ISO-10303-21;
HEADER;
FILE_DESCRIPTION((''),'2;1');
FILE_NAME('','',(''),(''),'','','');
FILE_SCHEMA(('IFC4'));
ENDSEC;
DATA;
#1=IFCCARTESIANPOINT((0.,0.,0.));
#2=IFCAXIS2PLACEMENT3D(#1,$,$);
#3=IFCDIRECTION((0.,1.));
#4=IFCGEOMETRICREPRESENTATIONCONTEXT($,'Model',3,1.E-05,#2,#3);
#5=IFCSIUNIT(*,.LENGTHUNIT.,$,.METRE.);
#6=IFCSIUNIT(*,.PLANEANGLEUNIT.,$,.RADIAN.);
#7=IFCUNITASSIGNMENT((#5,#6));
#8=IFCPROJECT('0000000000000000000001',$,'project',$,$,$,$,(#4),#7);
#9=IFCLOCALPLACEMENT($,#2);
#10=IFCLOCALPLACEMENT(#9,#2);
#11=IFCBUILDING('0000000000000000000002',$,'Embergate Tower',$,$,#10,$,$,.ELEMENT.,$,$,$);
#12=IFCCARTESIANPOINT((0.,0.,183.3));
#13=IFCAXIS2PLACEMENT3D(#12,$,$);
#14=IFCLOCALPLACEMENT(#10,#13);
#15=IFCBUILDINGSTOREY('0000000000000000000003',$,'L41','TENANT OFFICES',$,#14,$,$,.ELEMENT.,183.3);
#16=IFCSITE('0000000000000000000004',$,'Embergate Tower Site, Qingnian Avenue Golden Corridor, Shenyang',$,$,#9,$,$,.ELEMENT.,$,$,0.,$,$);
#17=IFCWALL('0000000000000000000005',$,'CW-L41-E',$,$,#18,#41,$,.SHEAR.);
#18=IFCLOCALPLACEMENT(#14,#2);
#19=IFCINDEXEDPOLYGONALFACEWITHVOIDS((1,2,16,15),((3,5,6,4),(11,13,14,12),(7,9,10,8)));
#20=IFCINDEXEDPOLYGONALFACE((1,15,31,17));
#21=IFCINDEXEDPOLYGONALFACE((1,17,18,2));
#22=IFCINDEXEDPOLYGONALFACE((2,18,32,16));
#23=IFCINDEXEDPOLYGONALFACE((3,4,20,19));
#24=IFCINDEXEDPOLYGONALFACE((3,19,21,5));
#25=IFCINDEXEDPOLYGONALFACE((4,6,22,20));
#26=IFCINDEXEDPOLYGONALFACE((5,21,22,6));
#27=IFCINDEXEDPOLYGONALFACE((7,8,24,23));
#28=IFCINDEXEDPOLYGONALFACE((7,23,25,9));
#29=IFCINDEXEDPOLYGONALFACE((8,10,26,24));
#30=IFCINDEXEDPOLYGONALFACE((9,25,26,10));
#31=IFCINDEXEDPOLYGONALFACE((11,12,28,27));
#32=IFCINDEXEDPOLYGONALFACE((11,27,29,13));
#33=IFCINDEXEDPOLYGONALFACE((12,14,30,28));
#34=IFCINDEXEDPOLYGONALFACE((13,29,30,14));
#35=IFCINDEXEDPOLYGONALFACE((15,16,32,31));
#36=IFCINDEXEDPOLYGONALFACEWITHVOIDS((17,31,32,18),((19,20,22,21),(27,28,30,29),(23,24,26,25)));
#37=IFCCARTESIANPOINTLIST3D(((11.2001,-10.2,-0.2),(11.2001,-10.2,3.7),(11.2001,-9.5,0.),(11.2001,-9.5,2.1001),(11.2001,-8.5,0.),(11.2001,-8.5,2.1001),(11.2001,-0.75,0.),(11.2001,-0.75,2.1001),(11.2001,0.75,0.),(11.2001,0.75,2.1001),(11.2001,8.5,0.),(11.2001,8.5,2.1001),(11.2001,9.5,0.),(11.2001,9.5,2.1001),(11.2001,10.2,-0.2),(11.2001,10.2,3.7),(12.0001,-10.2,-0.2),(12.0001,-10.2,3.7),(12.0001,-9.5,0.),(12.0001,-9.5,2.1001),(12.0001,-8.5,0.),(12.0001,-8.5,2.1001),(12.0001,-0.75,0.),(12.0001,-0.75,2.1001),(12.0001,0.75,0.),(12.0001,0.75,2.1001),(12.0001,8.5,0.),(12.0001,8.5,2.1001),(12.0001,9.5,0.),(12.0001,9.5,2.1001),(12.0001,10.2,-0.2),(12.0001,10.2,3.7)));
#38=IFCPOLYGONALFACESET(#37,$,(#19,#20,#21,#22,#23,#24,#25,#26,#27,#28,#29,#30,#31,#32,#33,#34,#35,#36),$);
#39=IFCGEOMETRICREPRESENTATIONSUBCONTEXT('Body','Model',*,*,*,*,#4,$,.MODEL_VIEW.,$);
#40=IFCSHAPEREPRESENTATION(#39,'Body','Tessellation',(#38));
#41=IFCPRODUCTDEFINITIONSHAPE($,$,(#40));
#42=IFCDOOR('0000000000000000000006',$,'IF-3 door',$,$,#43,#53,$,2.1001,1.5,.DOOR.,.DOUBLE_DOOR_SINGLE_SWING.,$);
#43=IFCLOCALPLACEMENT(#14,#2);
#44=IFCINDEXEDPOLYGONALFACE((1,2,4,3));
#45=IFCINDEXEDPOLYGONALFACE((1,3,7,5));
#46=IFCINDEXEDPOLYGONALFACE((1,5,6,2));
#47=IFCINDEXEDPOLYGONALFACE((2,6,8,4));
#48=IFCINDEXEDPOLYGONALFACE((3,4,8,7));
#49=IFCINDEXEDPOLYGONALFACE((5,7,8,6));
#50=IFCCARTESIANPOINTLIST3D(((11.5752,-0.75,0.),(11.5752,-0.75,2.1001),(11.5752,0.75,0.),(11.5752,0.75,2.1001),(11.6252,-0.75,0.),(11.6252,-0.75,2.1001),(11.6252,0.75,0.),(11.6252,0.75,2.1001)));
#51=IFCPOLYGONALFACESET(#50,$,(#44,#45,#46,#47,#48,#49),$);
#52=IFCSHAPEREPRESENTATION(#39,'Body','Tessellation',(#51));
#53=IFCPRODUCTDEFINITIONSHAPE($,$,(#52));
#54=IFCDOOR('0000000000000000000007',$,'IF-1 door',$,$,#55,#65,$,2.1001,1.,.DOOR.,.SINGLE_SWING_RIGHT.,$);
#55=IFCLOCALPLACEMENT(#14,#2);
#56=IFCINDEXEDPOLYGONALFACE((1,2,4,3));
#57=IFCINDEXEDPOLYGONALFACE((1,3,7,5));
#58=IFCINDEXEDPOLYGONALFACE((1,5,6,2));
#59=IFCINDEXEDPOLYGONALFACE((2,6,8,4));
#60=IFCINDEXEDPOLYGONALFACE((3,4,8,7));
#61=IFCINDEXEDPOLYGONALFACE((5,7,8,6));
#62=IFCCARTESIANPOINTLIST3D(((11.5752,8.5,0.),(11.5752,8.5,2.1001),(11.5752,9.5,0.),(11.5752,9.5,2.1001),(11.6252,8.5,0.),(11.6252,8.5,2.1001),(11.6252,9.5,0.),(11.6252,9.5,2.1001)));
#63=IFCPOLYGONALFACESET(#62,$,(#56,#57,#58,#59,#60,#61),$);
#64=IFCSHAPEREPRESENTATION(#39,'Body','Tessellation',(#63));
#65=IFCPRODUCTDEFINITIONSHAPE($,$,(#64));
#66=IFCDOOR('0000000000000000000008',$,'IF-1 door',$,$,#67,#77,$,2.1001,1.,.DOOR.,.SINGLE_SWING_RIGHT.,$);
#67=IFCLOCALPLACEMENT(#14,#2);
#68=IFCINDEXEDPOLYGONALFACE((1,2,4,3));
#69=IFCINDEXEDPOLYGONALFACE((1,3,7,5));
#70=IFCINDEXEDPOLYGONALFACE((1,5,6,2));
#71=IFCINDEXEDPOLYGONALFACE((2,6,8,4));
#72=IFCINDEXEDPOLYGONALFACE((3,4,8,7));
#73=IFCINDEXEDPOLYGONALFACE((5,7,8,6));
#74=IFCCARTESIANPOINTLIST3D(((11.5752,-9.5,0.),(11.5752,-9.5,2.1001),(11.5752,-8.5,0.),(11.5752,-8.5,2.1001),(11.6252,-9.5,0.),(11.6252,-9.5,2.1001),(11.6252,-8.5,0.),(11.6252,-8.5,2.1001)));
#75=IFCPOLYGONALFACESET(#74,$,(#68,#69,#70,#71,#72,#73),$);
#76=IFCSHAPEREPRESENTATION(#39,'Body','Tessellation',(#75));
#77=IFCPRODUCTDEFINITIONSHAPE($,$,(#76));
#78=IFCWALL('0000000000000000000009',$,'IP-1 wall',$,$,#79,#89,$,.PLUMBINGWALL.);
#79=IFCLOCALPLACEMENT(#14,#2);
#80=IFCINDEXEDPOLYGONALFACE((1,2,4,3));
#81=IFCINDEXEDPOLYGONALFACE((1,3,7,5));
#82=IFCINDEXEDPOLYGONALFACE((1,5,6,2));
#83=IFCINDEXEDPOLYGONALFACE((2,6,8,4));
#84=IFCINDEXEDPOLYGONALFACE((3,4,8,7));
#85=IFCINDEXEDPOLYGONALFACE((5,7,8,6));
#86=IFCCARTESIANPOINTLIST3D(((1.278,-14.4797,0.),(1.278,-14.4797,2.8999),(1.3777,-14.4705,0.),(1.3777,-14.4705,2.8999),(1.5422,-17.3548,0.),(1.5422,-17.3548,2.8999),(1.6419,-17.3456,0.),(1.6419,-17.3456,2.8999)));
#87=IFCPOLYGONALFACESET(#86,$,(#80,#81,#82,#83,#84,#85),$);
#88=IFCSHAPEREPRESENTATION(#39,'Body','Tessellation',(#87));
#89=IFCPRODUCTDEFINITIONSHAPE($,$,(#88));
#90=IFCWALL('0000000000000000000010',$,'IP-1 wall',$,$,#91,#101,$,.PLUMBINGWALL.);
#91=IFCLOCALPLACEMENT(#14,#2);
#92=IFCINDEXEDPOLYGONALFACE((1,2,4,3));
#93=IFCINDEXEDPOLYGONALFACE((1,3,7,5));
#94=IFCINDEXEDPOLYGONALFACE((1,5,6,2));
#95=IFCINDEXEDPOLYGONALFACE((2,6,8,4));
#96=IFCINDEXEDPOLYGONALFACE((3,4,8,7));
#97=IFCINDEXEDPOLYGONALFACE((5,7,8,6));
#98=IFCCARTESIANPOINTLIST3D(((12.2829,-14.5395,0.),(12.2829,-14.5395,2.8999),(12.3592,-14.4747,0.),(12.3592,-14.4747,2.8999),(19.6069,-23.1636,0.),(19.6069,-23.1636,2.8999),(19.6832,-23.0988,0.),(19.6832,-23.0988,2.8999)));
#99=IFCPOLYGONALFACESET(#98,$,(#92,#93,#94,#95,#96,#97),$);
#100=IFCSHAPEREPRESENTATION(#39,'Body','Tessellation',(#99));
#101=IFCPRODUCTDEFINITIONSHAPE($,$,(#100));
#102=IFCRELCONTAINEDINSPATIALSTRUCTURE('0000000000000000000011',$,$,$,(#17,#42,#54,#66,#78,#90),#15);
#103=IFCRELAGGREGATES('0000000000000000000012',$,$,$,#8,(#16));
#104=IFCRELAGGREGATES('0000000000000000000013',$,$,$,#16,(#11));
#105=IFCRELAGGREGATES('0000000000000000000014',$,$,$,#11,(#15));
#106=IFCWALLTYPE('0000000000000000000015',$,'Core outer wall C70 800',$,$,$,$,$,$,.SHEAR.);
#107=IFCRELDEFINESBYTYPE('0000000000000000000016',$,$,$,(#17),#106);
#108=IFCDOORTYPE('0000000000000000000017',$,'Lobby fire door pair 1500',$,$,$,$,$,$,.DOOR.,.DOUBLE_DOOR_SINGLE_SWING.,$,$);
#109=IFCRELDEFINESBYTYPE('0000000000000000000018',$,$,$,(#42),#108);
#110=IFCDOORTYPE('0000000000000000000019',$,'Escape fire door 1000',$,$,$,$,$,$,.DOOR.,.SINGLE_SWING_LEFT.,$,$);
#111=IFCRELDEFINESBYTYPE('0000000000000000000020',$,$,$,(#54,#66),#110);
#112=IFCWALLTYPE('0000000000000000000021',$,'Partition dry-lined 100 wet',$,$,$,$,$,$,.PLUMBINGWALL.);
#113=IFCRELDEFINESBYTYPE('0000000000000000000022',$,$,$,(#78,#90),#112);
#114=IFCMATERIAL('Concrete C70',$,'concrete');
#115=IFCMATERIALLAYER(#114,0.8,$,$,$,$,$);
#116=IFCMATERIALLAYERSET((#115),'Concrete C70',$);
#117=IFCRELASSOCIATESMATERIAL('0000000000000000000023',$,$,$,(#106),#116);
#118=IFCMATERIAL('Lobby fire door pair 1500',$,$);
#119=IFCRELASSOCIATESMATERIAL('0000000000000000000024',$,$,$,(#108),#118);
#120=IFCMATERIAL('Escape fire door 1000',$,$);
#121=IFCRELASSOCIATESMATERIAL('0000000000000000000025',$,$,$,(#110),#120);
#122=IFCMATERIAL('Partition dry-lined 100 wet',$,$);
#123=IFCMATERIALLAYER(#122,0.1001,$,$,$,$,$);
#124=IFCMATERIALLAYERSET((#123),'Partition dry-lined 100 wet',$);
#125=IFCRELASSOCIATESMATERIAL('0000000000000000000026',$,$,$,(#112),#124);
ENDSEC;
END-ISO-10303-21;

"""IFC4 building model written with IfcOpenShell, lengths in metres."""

from ifc_helpers import new_model, si_unit, direction, frame, frame_2d, origin, place, context, subcontext, project, spatial, rectangle, extrude, source, transform, mapped, material, layer, layer_set, type_object, element, fill, save


model = new_model("IFC4")

# Units and contexts
model_context = context("Model", 3, precision=1e-05, world=origin(), true_north=direction((0.0, 1.0)))
body_context = subcontext(model_context, "Body", "Model", "MODEL_VIEW")
ifc_project = project(units=[si_unit("LENGTHUNIT", "METRE"), si_unit("PLANEANGLEUNIT", "RADIAN")], contexts=[model_context])

# Site, building, storey
site_placement = place(None, origin())
site = spatial("IfcSite", under=ifc_project, at=site_placement, Name="Embergate Tower Site, Qingnian Avenue Golden Corridor, Shenyang", CompositionType="ELEMENT", RefElevation=0.0)
building_placement = place(site_placement, origin())
building = spatial("IfcBuilding", under=site, at=building_placement, Name="Embergate Tower", CompositionType="ELEMENT")
storey_placement = place(building_placement, frame((0.0, 0.0, 183.3)))
storey = spatial("IfcBuildingStorey", under=building, at=storey_placement, Name="L41", Description="TENANT OFFICES", CompositionType="ELEMENT", Elevation=183.3)

# Shared definitions
ifc_material_1 = material(Name="Concrete C70", Category="concrete")

# Wall, openings, doors
ifc_layer_1 = layer(ifc_material_1, 0.8)
ifc_layer_set_1 = layer_set([ifc_layer_1], Name="Concrete C70")
wall_type_1 = type_object("IfcWallType", Name="Core outer wall C70 800", PredefinedType="SHEAR", material=ifc_layer_set_1)
shared_shape_1 = source(origin(), body_context, "Body", "SweptSolid", [
    extrude(rectangle(XDim=20.3999, YDim=0.8, at=frame_2d((10.2, 0.0))), origin(), (0.0, 0.0, 1.0), 3.8999),
])
wall_1_placement = place(storey_placement, frame((11.6001, -10.2, -0.2), z_axis=(0.0, 0.0, 1.0), x_axis=(0.0, 1.0, 0.0)))
wall_1 = element("IfcWall", 1, at=wall_1_placement, inside=storey, type_object=wall_type_1, Name="CW-L41-E", PredefinedType="SHEAR", context=body_context, shape_type="MappedRepresentation", body=[
    mapped(shared_shape_1, transform((0.0, 0.0, 0.0))),
])
shared_shape_2 = source(origin(), body_context, "Body", "SweptSolid", [
    extrude(rectangle(XDim=1.0, YDim=2.1001, at=frame_2d((0.5, 1.05))), frame((0.0, 0.4099, 0.0), z_axis=(0.0, -1.0, 0.0), x_axis=(1.0, 0.0, 0.0)), (0.0, 0.0, 1.0), 0.8201),
])
opening_1_placement = place(wall_1_placement, frame((18.7, 0.0, 0.2)))
opening_1 = element("IfcOpeningElement", 2, at=opening_1_placement, cuts=wall_1, PredefinedType="OPENING", context=body_context, shape_type="MappedRepresentation", body=[
    mapped(shared_shape_2, transform((0.0, 0.0, 0.0))),
])
opening_2_placement = place(wall_1_placement, frame((0.7, 0.0, 0.2)))
opening_2 = element("IfcOpeningElement", 3, at=opening_2_placement, cuts=wall_1, PredefinedType="OPENING", context=body_context, shape_type="MappedRepresentation", body=[
    mapped(shared_shape_2, transform((0.0, 0.0, 0.0))),
])
shared_shape_3 = source(origin(), body_context, "Body", "SweptSolid", [
    extrude(rectangle(XDim=1.5, YDim=2.1001, at=frame_2d((0.75, 1.05))), frame((0.0, 0.4099, 0.0), z_axis=(0.0, -1.0, 0.0), x_axis=(1.0, 0.0, 0.0)), (0.0, 0.0, 1.0), 0.8201),
])
opening_3_placement = place(wall_1_placement, frame((9.45, 0.0, 0.2)))
opening_3 = element("IfcOpeningElement", 4, at=opening_3_placement, cuts=wall_1, PredefinedType="OPENING", context=body_context, shape_type="MappedRepresentation", body=[
    mapped(shared_shape_3, transform((0.0, 0.0, 0.0))),
])
ifc_material_2 = material(Name="Lobby fire door pair 1500")
door_type_1 = type_object("IfcDoorType", Name="Lobby fire door pair 1500", OperationType="DOUBLE_DOOR_SINGLE_SWING", PredefinedType="DOOR", material=ifc_material_2)
shared_shape_4 = source(origin(), body_context, "Body", "SweptSolid", [
    extrude(rectangle(XDim=1.5, YDim=2.1001, at=frame_2d((0.75, 1.05))), frame((0.0, 0.0249, 0.0), z_axis=(0.0, -1.0, 0.0), x_axis=(1.0, 0.0, 0.0)), (0.0, 0.0, 1.0), 0.05),
])
door_1_placement = place(opening_3_placement, origin())
door_1 = element("IfcDoor", 5, at=door_1_placement, inside=storey, type_object=door_type_1, Name="IF-3 door", OperationType="DOUBLE_DOOR_SINGLE_SWING", OverallHeight=2.1001, OverallWidth=1.5, PredefinedType="DOOR", context=body_context, shape_type="MappedRepresentation", body=[
    mapped(shared_shape_4, transform((0.0, 0.0, 0.0))),
])
fill(opening_3, door_1)
ifc_material_3 = material(Name="Escape fire door 1000")
door_type_2 = type_object("IfcDoorType", Name="Escape fire door 1000", OperationType="SINGLE_SWING_LEFT", PredefinedType="DOOR", material=ifc_material_3)
shared_shape_5 = source(origin(), body_context, "Body", "SweptSolid", [
    extrude(rectangle(XDim=1.0, YDim=2.1001, at=frame_2d((0.5, 1.05))), frame((0.0, 0.0249, 0.0), z_axis=(0.0, -1.0, 0.0), x_axis=(1.0, 0.0, 0.0)), (0.0, 0.0, 1.0), 0.05),
])
door_2_placement = place(opening_1_placement, origin())
door_2 = element("IfcDoor", 6, at=door_2_placement, inside=storey, type_object=door_type_2, Name="IF-1 door", OperationType="SINGLE_SWING_RIGHT", OverallHeight=2.1001, OverallWidth=1.0, PredefinedType="DOOR", context=body_context, shape_type="MappedRepresentation", body=[
    mapped(shared_shape_5, transform((0.0, 0.0, 0.0))),
])
fill(opening_1, door_2)
door_3_placement = place(opening_2_placement, origin())
door_3 = element("IfcDoor", 7, at=door_3_placement, inside=storey, type_object=door_type_2, Name="IF-1 door", OperationType="SINGLE_SWING_RIGHT", OverallHeight=2.1001, OverallWidth=1.0, PredefinedType="DOOR", context=body_context, shape_type="MappedRepresentation", body=[
    mapped(shared_shape_5, transform((0.0, 0.0, 0.0))),
])
fill(opening_2, door_3)

# Walls
ifc_material_4 = material(Name="Partition dry-lined 100 wet")
ifc_layer_2 = layer(ifc_material_4, 0.1001)
ifc_layer_set_2 = layer_set([ifc_layer_2], Name="Partition dry-lined 100 wet")
wall_type_2 = type_object("IfcWallType", Name="Partition dry-lined 100 wet", PredefinedType="PLUMBINGWALL", material=ifc_layer_set_2)
shared_shape_6 = source(origin(), body_context, "Body", "SweptSolid", [
    extrude(rectangle(XDim=2.8872, YDim=0.1001, at=frame_2d((1.4436, 0.0))), origin(), (0.0, 0.0, 1.0), 2.8999),
])
wall_2_placement = place(storey_placement, frame((1.3279, -14.4751, 0.0), z_axis=(0.0, 0.0, 1.0), x_axis=(0.091496, -0.995805, 0.0)))
element("IfcWall", 8, at=wall_2_placement, inside=storey, type_object=wall_type_2, Name="IP-1 wall", PredefinedType="PLUMBINGWALL", context=body_context, shape_type="MappedRepresentation", body=[
    mapped(shared_shape_6, transform((0.0, 0.0, 0.0))),
])
shared_shape_7 = source(origin(), body_context, "Body", "SweptSolid", [
    extrude(rectangle(XDim=11.3145, YDim=0.1001, at=frame_2d((5.6572, 0.0))), origin(), (0.0, 0.0, 1.0), 2.8999),
])
wall_3_placement = place(storey_placement, frame((12.321, -14.5071, 0.0), z_axis=(0.0, 0.0, 1.0), x_axis=(0.647318, -0.76222, 0.0)))
element("IfcWall", 9, at=wall_3_placement, inside=storey, type_object=wall_type_2, Name="IP-1 wall", PredefinedType="PLUMBINGWALL", context=body_context, shape_type="MappedRepresentation", body=[
    mapped(shared_shape_7, transform((0.0, 0.0, 0.0))),
])

save(model, "model.ifc")
